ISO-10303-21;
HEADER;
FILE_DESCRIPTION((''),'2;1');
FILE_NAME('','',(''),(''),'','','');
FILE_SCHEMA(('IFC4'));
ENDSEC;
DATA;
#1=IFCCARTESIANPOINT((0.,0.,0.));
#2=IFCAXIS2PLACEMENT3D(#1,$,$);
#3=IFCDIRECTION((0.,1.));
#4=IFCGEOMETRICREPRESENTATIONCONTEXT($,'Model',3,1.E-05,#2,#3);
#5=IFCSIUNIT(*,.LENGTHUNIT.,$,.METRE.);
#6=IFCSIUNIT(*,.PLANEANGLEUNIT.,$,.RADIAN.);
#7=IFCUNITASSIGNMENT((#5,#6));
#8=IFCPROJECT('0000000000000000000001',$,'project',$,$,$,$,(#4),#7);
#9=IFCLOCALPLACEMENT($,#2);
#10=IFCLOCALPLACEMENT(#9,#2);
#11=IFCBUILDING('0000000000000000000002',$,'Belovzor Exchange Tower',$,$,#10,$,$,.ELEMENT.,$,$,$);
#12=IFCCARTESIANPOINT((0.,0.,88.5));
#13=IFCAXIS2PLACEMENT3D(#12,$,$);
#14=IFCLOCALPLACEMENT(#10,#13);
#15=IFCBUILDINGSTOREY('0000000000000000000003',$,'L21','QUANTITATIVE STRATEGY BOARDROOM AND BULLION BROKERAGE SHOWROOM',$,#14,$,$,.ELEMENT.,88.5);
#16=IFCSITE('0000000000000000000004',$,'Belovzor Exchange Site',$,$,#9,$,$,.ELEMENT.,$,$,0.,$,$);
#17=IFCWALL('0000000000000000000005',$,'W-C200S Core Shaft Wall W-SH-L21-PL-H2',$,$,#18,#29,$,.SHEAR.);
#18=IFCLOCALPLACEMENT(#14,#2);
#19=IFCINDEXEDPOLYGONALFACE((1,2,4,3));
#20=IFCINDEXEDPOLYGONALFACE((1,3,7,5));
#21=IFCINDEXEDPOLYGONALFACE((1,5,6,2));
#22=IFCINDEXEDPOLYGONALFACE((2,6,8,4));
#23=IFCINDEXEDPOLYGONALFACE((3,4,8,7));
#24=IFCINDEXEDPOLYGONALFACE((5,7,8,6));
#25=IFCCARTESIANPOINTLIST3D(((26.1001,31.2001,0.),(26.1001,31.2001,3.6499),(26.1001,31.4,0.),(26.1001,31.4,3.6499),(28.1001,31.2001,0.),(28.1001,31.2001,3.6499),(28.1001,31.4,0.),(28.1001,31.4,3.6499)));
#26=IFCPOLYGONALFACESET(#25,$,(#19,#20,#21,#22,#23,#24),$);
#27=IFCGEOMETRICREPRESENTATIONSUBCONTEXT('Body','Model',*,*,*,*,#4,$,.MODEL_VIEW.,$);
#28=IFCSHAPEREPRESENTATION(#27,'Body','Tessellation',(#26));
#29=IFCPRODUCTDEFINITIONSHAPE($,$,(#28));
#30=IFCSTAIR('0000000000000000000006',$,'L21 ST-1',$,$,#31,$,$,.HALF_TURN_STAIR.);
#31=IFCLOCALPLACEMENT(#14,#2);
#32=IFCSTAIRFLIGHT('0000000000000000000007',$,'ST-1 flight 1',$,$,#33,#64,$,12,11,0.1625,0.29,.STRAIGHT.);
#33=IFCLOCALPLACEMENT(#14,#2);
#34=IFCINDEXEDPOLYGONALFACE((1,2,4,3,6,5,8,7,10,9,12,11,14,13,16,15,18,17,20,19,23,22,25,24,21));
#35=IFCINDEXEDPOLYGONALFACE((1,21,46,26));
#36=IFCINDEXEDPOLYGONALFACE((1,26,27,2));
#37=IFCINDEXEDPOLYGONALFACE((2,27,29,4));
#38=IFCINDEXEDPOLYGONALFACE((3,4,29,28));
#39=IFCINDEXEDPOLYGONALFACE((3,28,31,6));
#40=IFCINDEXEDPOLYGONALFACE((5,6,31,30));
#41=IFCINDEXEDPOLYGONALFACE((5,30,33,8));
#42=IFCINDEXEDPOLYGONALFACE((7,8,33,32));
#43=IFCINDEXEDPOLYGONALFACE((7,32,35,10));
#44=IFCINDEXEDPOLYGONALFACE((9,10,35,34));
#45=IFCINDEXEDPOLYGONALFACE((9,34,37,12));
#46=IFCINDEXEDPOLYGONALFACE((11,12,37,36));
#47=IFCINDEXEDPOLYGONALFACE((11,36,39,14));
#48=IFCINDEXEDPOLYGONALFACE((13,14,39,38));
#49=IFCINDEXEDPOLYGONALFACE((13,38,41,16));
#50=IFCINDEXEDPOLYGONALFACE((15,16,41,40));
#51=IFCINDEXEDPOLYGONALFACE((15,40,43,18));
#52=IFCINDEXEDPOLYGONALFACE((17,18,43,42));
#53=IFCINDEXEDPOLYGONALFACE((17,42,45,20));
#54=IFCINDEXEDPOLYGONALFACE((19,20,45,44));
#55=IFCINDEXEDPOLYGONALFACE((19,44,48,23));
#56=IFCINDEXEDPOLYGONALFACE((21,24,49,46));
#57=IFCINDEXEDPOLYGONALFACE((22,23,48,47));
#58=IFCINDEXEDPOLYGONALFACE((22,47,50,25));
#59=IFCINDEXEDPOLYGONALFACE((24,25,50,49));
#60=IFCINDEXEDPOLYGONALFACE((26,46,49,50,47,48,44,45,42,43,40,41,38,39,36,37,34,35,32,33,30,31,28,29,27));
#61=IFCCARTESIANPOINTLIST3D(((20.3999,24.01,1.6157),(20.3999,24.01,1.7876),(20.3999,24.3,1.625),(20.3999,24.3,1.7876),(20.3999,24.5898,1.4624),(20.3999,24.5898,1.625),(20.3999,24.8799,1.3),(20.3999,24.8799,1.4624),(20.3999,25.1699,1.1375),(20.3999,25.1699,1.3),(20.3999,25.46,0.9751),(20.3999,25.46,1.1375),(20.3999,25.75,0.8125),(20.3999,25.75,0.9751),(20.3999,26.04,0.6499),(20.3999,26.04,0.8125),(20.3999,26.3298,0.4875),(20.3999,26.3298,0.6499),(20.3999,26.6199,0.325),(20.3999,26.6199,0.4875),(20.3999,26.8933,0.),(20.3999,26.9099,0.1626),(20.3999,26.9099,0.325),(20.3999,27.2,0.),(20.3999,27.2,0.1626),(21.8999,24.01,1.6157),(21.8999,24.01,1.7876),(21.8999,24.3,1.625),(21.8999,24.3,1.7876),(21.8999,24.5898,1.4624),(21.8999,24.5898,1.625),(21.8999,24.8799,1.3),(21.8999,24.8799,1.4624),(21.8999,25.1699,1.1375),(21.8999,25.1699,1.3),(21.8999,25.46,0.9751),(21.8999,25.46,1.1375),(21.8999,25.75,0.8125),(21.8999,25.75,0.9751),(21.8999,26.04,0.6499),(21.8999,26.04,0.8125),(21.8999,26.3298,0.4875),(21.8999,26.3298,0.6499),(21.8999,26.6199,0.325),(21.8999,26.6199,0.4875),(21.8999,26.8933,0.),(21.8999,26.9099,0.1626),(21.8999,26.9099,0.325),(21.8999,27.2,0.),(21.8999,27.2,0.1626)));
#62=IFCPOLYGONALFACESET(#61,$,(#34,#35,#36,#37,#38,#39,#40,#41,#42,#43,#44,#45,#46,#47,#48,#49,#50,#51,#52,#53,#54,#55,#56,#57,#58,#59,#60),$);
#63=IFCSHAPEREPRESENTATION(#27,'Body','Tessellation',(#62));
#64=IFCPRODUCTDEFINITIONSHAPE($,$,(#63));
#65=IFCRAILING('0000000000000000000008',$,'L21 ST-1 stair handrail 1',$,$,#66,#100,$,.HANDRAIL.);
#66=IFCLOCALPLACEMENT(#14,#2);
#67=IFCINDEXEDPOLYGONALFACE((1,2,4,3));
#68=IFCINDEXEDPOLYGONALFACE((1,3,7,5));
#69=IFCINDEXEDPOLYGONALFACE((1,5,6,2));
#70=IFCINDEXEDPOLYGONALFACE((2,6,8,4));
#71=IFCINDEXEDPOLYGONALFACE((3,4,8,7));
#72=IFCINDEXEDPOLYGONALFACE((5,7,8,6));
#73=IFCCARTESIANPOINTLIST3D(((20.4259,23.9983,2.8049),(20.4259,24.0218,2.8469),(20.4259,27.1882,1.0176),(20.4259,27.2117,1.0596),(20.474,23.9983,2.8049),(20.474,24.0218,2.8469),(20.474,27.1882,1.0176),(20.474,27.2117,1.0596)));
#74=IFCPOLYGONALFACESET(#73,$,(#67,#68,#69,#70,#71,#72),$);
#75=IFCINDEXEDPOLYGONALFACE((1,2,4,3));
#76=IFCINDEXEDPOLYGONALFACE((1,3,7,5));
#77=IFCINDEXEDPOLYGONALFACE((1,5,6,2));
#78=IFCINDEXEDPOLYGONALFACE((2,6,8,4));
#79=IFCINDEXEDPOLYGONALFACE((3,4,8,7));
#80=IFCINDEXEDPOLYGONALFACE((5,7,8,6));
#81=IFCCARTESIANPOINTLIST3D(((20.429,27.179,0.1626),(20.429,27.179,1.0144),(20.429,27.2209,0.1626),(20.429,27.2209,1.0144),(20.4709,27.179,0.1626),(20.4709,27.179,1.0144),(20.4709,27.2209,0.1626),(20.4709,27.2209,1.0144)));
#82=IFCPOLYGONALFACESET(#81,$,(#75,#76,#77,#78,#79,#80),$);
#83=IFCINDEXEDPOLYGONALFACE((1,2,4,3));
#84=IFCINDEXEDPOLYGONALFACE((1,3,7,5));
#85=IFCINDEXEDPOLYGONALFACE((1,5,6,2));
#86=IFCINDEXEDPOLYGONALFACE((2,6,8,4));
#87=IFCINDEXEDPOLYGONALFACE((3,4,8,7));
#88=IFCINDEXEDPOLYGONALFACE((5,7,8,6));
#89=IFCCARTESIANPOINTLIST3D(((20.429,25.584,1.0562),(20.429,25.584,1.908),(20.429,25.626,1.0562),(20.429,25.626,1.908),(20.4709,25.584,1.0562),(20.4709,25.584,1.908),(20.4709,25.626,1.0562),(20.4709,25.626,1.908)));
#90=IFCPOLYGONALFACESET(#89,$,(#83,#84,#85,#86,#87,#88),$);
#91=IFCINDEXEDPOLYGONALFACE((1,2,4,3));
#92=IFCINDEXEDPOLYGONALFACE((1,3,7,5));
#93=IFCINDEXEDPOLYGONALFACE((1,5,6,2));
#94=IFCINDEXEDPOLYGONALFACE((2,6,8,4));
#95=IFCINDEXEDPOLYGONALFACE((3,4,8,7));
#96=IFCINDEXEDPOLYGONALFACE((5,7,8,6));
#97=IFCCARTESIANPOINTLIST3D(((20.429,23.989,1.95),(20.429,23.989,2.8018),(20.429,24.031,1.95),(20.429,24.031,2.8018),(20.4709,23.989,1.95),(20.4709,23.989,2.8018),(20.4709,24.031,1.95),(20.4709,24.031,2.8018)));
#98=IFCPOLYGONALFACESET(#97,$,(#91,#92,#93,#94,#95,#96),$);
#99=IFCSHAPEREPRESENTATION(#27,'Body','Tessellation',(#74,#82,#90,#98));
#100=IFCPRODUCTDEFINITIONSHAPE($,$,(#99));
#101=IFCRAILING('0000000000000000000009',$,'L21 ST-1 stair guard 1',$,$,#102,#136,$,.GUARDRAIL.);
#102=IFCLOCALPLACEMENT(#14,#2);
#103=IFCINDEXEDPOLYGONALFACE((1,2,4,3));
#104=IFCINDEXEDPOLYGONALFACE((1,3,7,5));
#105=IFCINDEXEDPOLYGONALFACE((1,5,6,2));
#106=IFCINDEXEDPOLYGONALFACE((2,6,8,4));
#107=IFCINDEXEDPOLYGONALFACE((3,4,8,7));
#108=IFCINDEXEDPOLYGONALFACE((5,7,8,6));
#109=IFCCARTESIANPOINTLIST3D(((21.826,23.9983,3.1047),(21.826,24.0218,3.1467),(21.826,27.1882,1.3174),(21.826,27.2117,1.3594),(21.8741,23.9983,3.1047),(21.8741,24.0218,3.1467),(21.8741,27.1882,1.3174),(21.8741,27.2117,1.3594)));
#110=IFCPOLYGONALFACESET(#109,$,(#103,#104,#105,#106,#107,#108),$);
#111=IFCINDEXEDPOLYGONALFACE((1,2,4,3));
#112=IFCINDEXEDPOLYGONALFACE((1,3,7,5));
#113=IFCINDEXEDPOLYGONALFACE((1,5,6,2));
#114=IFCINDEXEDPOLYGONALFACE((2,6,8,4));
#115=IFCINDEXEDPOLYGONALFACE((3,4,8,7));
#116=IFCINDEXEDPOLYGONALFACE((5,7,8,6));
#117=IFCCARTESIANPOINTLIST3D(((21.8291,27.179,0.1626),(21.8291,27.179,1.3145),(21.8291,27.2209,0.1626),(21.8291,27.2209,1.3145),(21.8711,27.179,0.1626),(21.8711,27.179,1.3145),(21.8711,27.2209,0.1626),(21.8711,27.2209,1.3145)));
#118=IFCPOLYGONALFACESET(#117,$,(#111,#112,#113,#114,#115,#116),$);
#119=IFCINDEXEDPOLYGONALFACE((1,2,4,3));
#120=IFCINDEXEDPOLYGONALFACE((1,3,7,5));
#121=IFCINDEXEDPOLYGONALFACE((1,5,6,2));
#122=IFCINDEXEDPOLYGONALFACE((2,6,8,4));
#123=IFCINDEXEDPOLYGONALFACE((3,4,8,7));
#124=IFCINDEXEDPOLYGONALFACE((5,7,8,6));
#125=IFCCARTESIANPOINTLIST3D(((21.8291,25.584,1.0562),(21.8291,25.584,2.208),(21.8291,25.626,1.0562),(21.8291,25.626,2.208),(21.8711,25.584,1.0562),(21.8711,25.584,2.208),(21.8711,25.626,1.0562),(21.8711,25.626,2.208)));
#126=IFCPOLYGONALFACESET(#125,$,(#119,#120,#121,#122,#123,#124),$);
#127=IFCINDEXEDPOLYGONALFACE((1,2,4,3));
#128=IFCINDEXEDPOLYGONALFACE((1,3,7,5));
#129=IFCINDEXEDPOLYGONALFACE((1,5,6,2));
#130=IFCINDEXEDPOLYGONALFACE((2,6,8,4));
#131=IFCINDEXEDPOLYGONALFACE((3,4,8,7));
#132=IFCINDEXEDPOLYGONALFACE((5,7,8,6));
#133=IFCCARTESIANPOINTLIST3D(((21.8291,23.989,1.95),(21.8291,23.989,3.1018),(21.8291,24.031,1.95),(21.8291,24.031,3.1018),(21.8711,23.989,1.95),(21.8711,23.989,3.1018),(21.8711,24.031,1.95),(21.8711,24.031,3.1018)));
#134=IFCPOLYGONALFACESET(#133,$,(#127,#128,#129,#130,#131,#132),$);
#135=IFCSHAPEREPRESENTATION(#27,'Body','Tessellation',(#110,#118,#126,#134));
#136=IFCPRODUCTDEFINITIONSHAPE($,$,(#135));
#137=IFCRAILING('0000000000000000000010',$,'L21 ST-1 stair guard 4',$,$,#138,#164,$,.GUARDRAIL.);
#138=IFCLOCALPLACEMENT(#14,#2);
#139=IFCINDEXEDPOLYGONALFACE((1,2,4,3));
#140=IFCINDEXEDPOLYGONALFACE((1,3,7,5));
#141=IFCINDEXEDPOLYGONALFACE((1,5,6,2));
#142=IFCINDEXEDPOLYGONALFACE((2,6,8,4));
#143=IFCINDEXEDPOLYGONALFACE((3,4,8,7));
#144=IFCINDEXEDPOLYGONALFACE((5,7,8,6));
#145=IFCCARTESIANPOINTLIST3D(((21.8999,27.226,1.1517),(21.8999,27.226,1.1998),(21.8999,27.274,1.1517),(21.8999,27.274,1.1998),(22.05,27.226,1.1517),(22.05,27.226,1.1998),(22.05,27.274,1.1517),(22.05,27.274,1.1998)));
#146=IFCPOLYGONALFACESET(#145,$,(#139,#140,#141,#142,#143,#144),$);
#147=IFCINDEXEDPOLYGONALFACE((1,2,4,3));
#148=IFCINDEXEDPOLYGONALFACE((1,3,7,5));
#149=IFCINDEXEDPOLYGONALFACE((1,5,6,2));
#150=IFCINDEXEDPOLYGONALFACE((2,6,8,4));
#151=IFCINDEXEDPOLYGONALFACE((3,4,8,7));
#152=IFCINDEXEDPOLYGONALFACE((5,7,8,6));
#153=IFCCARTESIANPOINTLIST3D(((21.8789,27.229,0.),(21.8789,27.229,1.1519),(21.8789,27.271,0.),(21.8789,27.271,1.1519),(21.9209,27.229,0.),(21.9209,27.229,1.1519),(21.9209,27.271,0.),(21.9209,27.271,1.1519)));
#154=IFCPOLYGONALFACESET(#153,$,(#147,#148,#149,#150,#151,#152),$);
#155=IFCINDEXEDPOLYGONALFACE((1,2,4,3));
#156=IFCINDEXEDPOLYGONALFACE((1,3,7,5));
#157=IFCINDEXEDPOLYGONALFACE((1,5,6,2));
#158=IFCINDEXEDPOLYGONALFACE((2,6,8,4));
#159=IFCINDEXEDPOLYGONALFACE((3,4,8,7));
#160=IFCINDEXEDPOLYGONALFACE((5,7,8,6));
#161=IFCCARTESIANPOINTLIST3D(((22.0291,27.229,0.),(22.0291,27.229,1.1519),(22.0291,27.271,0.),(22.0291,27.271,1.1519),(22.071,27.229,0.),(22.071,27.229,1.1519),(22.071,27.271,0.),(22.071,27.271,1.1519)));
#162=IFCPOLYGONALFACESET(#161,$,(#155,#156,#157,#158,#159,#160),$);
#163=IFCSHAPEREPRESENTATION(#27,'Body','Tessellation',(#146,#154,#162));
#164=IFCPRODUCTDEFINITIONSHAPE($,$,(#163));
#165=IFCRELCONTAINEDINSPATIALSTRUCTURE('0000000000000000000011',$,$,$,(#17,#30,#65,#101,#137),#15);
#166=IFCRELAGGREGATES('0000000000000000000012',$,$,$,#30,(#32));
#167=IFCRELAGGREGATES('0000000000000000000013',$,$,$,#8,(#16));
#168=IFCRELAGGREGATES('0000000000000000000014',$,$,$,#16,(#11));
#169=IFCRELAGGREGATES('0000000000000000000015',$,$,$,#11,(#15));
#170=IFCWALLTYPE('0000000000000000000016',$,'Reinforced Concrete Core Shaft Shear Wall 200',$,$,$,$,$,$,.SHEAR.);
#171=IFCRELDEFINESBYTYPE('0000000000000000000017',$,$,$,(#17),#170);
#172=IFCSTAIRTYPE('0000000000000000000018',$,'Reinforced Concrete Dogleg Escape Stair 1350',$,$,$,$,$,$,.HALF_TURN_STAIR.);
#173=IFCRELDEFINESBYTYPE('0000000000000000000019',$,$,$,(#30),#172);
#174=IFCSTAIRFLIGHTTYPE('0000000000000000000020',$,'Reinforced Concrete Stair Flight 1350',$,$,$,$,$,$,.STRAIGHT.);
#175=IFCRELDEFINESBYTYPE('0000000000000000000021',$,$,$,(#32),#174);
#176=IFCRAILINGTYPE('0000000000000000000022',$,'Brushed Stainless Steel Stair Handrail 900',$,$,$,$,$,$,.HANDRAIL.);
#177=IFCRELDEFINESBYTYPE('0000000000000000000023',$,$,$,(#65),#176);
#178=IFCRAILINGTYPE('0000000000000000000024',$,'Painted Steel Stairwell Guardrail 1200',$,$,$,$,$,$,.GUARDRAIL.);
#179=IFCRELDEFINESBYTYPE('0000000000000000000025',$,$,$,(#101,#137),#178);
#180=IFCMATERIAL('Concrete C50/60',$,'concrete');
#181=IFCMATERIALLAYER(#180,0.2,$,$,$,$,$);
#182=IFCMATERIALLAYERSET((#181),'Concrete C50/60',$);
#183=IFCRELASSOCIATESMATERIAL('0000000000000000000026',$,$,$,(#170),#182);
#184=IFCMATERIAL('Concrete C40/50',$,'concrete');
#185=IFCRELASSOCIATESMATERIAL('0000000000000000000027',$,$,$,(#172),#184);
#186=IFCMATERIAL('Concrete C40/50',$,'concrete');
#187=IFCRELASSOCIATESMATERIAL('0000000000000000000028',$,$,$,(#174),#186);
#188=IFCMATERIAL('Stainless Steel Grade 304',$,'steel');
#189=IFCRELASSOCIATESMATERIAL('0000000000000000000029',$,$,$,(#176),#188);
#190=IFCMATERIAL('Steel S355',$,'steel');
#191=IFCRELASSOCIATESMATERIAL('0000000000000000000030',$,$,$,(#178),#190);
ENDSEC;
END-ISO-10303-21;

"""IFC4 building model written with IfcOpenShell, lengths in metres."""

from ifc_helpers import new_model, si_unit, direction, frame, frame_2d, origin, origin_2d, place, context, subcontext, project, spatial, polyline, rectangle, outline, extrude, material, layer, layer_set, type_object, element, aggregate, save


model = new_model("IFC4")

# Units and contexts
model_context = context("Model", 3, precision=1e-05, world=origin(), true_north=direction((0.0, 1.0)))
body_context = subcontext(model_context, "Body", "Model", "MODEL_VIEW")
ifc_project = project(units=[si_unit("LENGTHUNIT", "METRE"), si_unit("PLANEANGLEUNIT", "RADIAN")], contexts=[model_context])

# Site, building, storey
site_placement = place(None, origin())
site = spatial("IfcSite", under=ifc_project, at=site_placement, Name="Belovzor Exchange Site", CompositionType="ELEMENT", RefElevation=0.0)
building_placement = place(site_placement, origin())
building = spatial("IfcBuilding", under=site, at=building_placement, Name="Belovzor Exchange Tower", CompositionType="ELEMENT")
storey_placement = place(building_placement, frame((0.0, 0.0, 88.5)))
storey = spatial("IfcBuildingStorey", under=building, at=storey_placement, Name="L21", Description="QUANTITATIVE STRATEGY BOARDROOM AND BULLION BROKERAGE SHOWROOM", CompositionType="ELEMENT", Elevation=88.5)

# Shared definitions
ifc_material_1 = material(Name="Concrete C50/60", Category="concrete")
ifc_layer_1 = layer(ifc_material_1, 0.2)
ifc_layer_set_1 = layer_set([ifc_layer_1], Name="Concrete C50/60")
wall_type_1 = type_object("IfcWallType", Name="Reinforced Concrete Core Shaft Shear Wall 200", PredefinedType="SHEAR", material=ifc_layer_set_1)

# Wall
for number, where, z_axis, x_axis, name in (
    (1, (26.1001, 31.3, 0.0), (0.0, 0.0, 1.0), (1.0, 0.0, 0.0), "W-C200S Core Shaft Wall W-SH-L21-PL-H2"),
):
    element("IfcWall", number, at=place(storey_placement, frame(where, z_axis=z_axis, x_axis=x_axis)), inside=storey, type_object=wall_type_1, Name=name, PredefinedType="SHEAR", context=body_context, shape_type="SweptSolid", body=[
        extrude(rectangle(XDim=2.0, YDim=0.2, at=frame_2d((1.0, 0.0))), origin(), (0.0, 0.0, 1.0), 3.6499),
    ])

# Stair, stair flight
ifc_material_2 = material(Name="Concrete C40/50", Category="concrete")
stair_type = type_object("IfcStairType", Name="Reinforced Concrete Dogleg Escape Stair 1350", PredefinedType="HALF_TURN_STAIR", material=ifc_material_2)
stair_placement = place(storey_placement, origin())
stair = element("IfcStair", 2, at=stair_placement, inside=storey, type_object=stair_type, Name="L21 ST-1", PredefinedType="HALF_TURN_STAIR")
ifc_material_3 = material(Name="Concrete C40/50", Category="concrete")
stair_flight_type = type_object("IfcStairFlightType", Name="Reinforced Concrete Stair Flight 1350", PredefinedType="STRAIGHT", material=ifc_material_3)
stair_flight_placement = place(storey_placement, frame((21.1499, 27.2, 0.0), z_axis=(0.0, 0.0, 1.0), x_axis=(0.0, -1.0, 0.0)))
stair_flight = element("IfcStairFlight", 3, at=stair_flight_placement, type_object=stair_flight_type, Name="ST-1 flight 1", NumberOfRisers=12, NumberOfTreads=11, PredefinedType="STRAIGHT", RiserHeight=0.1625, TreadLength=0.29, context=body_context, shape_type="SweptSolid", body=[
    extrude(outline(polyline([(0.0, 0.0), (0.0, 0.1626), (0.29, 0.1626), (0.29, 0.325), (0.5801, 0.325), (0.5801, 0.4875), (0.8701, 0.4875), (0.8701, 0.6499), (1.1599, 0.6499), (1.1599, 0.8125), (1.45, 0.8125), (1.45, 0.9751), (1.74, 0.9751), (1.74, 1.1375), (2.03, 1.1375), (2.03, 1.3), (2.3201, 1.3), (2.3201, 1.4624), (2.6101, 1.4624), (2.6101, 1.625), (2.8999, 1.625), (2.8999, 1.7876), (3.1899, 1.7876), (3.1899, 1.95), (3.1899, 1.6157), (0.3066, 0.0), (0.0, 0.0)])), frame((0.0, 0.75, 0.0), z_axis=(0.0, -1.0, 0.0), x_axis=(1.0, 0.0, 0.0)), (0.0, 0.0, 1.0), 1.5),
])
aggregate(stair, [stair_flight])

# Railings
ifc_material_4 = material(Name="Stainless Steel Grade 304", Category="steel")
railing_type_1 = type_object("IfcRailingType", Name="Brushed Stainless Steel Stair Handrail 900", PredefinedType="HANDRAIL", material=ifc_material_4)
railing_1_placement = place(storey_placement, frame((20.45, 27.2, 0.1626)))
element("IfcRailing", 4, at=railing_1_placement, inside=storey, type_object=railing_type_1, Name="L21 ST-1 stair handrail 1", PredefinedType="HANDRAIL", context=body_context, shape_type="SweptSolid", body=[
    extrude(rectangle(XDim=0.0481, YDim=0.0481, at=origin_2d()), frame((0.0, 0.0, 0.876), z_axis=(0.0, -0.872391, 0.488809), x_axis=(1.0, 0.0, 0.0)), (0.0, 0.0, 1.0), 3.6565),
    extrude(rectangle(XDim=0.042, YDim=0.042, at=origin_2d()), origin(), (0.0, 0.0, 1.0), 0.8518),
    extrude(rectangle(XDim=0.042, YDim=0.042, at=origin_2d()), frame((0.0, -1.595, 0.8936)), (0.0, 0.0, 1.0), 0.8518),
    extrude(rectangle(XDim=0.042, YDim=0.042, at=origin_2d()), frame((0.0, -3.1899, 1.7874)), (0.0, 0.0, 1.0), 0.8518),
])
ifc_material_5 = material(Name="Steel S355", Category="steel")
railing_type_2 = type_object("IfcRailingType", Name="Painted Steel Stairwell Guardrail 1200", PredefinedType="GUARDRAIL", material=ifc_material_5)
railing_2_placement = place(storey_placement, frame((21.8501, 27.2, 0.1626)))
element("IfcRailing", 5, at=railing_2_placement, inside=storey, type_object=railing_type_2, Name="L21 ST-1 stair guard 1", PredefinedType="GUARDRAIL", context=body_context, shape_type="SweptSolid", body=[
    extrude(rectangle(XDim=0.0481, YDim=0.0481, at=origin_2d()), frame((0.0, 0.0, 1.1758), z_axis=(0.0, -0.872391, 0.488809), x_axis=(1.0, 0.0, 0.0)), (0.0, 0.0, 1.0), 3.6565),
    extrude(rectangle(XDim=0.042, YDim=0.042, at=origin_2d()), origin(), (0.0, 0.0, 1.0), 1.1519),
    extrude(rectangle(XDim=0.042, YDim=0.042, at=origin_2d()), frame((0.0, -1.595, 0.8936)), (0.0, 0.0, 1.0), 1.1519),
    extrude(rectangle(XDim=0.042, YDim=0.042, at=origin_2d()), frame((0.0, -3.1899, 1.7874)), (0.0, 0.0, 1.0), 1.1519),
])
railing_3_placement = place(storey_placement, frame((21.8999, 27.25, 0.0)))
element("IfcRailing", 6, at=railing_3_placement, inside=storey, type_object=railing_type_2, Name="L21 ST-1 stair guard 4", PredefinedType="GUARDRAIL", context=body_context, shape_type="SweptSolid", body=[
    extrude(rectangle(XDim=0.0481, YDim=0.0481, at=origin_2d()), frame((0.0, 0.0, 1.1758), z_axis=(1.0, 0.0, 0.0), x_axis=(0.0, 1.0, 0.0)), (0.0, 0.0, 1.0), 0.1501),
    extrude(rectangle(XDim=0.042, YDim=0.042, at=origin_2d()), origin(), (0.0, 0.0, 1.0), 1.1519),
    extrude(rectangle(XDim=0.042, YDim=0.042, at=origin_2d()), frame((0.1501, 0.0, 0.0)), (0.0, 0.0, 1.0), 1.1519),
])

save(model, "model.ifc")
